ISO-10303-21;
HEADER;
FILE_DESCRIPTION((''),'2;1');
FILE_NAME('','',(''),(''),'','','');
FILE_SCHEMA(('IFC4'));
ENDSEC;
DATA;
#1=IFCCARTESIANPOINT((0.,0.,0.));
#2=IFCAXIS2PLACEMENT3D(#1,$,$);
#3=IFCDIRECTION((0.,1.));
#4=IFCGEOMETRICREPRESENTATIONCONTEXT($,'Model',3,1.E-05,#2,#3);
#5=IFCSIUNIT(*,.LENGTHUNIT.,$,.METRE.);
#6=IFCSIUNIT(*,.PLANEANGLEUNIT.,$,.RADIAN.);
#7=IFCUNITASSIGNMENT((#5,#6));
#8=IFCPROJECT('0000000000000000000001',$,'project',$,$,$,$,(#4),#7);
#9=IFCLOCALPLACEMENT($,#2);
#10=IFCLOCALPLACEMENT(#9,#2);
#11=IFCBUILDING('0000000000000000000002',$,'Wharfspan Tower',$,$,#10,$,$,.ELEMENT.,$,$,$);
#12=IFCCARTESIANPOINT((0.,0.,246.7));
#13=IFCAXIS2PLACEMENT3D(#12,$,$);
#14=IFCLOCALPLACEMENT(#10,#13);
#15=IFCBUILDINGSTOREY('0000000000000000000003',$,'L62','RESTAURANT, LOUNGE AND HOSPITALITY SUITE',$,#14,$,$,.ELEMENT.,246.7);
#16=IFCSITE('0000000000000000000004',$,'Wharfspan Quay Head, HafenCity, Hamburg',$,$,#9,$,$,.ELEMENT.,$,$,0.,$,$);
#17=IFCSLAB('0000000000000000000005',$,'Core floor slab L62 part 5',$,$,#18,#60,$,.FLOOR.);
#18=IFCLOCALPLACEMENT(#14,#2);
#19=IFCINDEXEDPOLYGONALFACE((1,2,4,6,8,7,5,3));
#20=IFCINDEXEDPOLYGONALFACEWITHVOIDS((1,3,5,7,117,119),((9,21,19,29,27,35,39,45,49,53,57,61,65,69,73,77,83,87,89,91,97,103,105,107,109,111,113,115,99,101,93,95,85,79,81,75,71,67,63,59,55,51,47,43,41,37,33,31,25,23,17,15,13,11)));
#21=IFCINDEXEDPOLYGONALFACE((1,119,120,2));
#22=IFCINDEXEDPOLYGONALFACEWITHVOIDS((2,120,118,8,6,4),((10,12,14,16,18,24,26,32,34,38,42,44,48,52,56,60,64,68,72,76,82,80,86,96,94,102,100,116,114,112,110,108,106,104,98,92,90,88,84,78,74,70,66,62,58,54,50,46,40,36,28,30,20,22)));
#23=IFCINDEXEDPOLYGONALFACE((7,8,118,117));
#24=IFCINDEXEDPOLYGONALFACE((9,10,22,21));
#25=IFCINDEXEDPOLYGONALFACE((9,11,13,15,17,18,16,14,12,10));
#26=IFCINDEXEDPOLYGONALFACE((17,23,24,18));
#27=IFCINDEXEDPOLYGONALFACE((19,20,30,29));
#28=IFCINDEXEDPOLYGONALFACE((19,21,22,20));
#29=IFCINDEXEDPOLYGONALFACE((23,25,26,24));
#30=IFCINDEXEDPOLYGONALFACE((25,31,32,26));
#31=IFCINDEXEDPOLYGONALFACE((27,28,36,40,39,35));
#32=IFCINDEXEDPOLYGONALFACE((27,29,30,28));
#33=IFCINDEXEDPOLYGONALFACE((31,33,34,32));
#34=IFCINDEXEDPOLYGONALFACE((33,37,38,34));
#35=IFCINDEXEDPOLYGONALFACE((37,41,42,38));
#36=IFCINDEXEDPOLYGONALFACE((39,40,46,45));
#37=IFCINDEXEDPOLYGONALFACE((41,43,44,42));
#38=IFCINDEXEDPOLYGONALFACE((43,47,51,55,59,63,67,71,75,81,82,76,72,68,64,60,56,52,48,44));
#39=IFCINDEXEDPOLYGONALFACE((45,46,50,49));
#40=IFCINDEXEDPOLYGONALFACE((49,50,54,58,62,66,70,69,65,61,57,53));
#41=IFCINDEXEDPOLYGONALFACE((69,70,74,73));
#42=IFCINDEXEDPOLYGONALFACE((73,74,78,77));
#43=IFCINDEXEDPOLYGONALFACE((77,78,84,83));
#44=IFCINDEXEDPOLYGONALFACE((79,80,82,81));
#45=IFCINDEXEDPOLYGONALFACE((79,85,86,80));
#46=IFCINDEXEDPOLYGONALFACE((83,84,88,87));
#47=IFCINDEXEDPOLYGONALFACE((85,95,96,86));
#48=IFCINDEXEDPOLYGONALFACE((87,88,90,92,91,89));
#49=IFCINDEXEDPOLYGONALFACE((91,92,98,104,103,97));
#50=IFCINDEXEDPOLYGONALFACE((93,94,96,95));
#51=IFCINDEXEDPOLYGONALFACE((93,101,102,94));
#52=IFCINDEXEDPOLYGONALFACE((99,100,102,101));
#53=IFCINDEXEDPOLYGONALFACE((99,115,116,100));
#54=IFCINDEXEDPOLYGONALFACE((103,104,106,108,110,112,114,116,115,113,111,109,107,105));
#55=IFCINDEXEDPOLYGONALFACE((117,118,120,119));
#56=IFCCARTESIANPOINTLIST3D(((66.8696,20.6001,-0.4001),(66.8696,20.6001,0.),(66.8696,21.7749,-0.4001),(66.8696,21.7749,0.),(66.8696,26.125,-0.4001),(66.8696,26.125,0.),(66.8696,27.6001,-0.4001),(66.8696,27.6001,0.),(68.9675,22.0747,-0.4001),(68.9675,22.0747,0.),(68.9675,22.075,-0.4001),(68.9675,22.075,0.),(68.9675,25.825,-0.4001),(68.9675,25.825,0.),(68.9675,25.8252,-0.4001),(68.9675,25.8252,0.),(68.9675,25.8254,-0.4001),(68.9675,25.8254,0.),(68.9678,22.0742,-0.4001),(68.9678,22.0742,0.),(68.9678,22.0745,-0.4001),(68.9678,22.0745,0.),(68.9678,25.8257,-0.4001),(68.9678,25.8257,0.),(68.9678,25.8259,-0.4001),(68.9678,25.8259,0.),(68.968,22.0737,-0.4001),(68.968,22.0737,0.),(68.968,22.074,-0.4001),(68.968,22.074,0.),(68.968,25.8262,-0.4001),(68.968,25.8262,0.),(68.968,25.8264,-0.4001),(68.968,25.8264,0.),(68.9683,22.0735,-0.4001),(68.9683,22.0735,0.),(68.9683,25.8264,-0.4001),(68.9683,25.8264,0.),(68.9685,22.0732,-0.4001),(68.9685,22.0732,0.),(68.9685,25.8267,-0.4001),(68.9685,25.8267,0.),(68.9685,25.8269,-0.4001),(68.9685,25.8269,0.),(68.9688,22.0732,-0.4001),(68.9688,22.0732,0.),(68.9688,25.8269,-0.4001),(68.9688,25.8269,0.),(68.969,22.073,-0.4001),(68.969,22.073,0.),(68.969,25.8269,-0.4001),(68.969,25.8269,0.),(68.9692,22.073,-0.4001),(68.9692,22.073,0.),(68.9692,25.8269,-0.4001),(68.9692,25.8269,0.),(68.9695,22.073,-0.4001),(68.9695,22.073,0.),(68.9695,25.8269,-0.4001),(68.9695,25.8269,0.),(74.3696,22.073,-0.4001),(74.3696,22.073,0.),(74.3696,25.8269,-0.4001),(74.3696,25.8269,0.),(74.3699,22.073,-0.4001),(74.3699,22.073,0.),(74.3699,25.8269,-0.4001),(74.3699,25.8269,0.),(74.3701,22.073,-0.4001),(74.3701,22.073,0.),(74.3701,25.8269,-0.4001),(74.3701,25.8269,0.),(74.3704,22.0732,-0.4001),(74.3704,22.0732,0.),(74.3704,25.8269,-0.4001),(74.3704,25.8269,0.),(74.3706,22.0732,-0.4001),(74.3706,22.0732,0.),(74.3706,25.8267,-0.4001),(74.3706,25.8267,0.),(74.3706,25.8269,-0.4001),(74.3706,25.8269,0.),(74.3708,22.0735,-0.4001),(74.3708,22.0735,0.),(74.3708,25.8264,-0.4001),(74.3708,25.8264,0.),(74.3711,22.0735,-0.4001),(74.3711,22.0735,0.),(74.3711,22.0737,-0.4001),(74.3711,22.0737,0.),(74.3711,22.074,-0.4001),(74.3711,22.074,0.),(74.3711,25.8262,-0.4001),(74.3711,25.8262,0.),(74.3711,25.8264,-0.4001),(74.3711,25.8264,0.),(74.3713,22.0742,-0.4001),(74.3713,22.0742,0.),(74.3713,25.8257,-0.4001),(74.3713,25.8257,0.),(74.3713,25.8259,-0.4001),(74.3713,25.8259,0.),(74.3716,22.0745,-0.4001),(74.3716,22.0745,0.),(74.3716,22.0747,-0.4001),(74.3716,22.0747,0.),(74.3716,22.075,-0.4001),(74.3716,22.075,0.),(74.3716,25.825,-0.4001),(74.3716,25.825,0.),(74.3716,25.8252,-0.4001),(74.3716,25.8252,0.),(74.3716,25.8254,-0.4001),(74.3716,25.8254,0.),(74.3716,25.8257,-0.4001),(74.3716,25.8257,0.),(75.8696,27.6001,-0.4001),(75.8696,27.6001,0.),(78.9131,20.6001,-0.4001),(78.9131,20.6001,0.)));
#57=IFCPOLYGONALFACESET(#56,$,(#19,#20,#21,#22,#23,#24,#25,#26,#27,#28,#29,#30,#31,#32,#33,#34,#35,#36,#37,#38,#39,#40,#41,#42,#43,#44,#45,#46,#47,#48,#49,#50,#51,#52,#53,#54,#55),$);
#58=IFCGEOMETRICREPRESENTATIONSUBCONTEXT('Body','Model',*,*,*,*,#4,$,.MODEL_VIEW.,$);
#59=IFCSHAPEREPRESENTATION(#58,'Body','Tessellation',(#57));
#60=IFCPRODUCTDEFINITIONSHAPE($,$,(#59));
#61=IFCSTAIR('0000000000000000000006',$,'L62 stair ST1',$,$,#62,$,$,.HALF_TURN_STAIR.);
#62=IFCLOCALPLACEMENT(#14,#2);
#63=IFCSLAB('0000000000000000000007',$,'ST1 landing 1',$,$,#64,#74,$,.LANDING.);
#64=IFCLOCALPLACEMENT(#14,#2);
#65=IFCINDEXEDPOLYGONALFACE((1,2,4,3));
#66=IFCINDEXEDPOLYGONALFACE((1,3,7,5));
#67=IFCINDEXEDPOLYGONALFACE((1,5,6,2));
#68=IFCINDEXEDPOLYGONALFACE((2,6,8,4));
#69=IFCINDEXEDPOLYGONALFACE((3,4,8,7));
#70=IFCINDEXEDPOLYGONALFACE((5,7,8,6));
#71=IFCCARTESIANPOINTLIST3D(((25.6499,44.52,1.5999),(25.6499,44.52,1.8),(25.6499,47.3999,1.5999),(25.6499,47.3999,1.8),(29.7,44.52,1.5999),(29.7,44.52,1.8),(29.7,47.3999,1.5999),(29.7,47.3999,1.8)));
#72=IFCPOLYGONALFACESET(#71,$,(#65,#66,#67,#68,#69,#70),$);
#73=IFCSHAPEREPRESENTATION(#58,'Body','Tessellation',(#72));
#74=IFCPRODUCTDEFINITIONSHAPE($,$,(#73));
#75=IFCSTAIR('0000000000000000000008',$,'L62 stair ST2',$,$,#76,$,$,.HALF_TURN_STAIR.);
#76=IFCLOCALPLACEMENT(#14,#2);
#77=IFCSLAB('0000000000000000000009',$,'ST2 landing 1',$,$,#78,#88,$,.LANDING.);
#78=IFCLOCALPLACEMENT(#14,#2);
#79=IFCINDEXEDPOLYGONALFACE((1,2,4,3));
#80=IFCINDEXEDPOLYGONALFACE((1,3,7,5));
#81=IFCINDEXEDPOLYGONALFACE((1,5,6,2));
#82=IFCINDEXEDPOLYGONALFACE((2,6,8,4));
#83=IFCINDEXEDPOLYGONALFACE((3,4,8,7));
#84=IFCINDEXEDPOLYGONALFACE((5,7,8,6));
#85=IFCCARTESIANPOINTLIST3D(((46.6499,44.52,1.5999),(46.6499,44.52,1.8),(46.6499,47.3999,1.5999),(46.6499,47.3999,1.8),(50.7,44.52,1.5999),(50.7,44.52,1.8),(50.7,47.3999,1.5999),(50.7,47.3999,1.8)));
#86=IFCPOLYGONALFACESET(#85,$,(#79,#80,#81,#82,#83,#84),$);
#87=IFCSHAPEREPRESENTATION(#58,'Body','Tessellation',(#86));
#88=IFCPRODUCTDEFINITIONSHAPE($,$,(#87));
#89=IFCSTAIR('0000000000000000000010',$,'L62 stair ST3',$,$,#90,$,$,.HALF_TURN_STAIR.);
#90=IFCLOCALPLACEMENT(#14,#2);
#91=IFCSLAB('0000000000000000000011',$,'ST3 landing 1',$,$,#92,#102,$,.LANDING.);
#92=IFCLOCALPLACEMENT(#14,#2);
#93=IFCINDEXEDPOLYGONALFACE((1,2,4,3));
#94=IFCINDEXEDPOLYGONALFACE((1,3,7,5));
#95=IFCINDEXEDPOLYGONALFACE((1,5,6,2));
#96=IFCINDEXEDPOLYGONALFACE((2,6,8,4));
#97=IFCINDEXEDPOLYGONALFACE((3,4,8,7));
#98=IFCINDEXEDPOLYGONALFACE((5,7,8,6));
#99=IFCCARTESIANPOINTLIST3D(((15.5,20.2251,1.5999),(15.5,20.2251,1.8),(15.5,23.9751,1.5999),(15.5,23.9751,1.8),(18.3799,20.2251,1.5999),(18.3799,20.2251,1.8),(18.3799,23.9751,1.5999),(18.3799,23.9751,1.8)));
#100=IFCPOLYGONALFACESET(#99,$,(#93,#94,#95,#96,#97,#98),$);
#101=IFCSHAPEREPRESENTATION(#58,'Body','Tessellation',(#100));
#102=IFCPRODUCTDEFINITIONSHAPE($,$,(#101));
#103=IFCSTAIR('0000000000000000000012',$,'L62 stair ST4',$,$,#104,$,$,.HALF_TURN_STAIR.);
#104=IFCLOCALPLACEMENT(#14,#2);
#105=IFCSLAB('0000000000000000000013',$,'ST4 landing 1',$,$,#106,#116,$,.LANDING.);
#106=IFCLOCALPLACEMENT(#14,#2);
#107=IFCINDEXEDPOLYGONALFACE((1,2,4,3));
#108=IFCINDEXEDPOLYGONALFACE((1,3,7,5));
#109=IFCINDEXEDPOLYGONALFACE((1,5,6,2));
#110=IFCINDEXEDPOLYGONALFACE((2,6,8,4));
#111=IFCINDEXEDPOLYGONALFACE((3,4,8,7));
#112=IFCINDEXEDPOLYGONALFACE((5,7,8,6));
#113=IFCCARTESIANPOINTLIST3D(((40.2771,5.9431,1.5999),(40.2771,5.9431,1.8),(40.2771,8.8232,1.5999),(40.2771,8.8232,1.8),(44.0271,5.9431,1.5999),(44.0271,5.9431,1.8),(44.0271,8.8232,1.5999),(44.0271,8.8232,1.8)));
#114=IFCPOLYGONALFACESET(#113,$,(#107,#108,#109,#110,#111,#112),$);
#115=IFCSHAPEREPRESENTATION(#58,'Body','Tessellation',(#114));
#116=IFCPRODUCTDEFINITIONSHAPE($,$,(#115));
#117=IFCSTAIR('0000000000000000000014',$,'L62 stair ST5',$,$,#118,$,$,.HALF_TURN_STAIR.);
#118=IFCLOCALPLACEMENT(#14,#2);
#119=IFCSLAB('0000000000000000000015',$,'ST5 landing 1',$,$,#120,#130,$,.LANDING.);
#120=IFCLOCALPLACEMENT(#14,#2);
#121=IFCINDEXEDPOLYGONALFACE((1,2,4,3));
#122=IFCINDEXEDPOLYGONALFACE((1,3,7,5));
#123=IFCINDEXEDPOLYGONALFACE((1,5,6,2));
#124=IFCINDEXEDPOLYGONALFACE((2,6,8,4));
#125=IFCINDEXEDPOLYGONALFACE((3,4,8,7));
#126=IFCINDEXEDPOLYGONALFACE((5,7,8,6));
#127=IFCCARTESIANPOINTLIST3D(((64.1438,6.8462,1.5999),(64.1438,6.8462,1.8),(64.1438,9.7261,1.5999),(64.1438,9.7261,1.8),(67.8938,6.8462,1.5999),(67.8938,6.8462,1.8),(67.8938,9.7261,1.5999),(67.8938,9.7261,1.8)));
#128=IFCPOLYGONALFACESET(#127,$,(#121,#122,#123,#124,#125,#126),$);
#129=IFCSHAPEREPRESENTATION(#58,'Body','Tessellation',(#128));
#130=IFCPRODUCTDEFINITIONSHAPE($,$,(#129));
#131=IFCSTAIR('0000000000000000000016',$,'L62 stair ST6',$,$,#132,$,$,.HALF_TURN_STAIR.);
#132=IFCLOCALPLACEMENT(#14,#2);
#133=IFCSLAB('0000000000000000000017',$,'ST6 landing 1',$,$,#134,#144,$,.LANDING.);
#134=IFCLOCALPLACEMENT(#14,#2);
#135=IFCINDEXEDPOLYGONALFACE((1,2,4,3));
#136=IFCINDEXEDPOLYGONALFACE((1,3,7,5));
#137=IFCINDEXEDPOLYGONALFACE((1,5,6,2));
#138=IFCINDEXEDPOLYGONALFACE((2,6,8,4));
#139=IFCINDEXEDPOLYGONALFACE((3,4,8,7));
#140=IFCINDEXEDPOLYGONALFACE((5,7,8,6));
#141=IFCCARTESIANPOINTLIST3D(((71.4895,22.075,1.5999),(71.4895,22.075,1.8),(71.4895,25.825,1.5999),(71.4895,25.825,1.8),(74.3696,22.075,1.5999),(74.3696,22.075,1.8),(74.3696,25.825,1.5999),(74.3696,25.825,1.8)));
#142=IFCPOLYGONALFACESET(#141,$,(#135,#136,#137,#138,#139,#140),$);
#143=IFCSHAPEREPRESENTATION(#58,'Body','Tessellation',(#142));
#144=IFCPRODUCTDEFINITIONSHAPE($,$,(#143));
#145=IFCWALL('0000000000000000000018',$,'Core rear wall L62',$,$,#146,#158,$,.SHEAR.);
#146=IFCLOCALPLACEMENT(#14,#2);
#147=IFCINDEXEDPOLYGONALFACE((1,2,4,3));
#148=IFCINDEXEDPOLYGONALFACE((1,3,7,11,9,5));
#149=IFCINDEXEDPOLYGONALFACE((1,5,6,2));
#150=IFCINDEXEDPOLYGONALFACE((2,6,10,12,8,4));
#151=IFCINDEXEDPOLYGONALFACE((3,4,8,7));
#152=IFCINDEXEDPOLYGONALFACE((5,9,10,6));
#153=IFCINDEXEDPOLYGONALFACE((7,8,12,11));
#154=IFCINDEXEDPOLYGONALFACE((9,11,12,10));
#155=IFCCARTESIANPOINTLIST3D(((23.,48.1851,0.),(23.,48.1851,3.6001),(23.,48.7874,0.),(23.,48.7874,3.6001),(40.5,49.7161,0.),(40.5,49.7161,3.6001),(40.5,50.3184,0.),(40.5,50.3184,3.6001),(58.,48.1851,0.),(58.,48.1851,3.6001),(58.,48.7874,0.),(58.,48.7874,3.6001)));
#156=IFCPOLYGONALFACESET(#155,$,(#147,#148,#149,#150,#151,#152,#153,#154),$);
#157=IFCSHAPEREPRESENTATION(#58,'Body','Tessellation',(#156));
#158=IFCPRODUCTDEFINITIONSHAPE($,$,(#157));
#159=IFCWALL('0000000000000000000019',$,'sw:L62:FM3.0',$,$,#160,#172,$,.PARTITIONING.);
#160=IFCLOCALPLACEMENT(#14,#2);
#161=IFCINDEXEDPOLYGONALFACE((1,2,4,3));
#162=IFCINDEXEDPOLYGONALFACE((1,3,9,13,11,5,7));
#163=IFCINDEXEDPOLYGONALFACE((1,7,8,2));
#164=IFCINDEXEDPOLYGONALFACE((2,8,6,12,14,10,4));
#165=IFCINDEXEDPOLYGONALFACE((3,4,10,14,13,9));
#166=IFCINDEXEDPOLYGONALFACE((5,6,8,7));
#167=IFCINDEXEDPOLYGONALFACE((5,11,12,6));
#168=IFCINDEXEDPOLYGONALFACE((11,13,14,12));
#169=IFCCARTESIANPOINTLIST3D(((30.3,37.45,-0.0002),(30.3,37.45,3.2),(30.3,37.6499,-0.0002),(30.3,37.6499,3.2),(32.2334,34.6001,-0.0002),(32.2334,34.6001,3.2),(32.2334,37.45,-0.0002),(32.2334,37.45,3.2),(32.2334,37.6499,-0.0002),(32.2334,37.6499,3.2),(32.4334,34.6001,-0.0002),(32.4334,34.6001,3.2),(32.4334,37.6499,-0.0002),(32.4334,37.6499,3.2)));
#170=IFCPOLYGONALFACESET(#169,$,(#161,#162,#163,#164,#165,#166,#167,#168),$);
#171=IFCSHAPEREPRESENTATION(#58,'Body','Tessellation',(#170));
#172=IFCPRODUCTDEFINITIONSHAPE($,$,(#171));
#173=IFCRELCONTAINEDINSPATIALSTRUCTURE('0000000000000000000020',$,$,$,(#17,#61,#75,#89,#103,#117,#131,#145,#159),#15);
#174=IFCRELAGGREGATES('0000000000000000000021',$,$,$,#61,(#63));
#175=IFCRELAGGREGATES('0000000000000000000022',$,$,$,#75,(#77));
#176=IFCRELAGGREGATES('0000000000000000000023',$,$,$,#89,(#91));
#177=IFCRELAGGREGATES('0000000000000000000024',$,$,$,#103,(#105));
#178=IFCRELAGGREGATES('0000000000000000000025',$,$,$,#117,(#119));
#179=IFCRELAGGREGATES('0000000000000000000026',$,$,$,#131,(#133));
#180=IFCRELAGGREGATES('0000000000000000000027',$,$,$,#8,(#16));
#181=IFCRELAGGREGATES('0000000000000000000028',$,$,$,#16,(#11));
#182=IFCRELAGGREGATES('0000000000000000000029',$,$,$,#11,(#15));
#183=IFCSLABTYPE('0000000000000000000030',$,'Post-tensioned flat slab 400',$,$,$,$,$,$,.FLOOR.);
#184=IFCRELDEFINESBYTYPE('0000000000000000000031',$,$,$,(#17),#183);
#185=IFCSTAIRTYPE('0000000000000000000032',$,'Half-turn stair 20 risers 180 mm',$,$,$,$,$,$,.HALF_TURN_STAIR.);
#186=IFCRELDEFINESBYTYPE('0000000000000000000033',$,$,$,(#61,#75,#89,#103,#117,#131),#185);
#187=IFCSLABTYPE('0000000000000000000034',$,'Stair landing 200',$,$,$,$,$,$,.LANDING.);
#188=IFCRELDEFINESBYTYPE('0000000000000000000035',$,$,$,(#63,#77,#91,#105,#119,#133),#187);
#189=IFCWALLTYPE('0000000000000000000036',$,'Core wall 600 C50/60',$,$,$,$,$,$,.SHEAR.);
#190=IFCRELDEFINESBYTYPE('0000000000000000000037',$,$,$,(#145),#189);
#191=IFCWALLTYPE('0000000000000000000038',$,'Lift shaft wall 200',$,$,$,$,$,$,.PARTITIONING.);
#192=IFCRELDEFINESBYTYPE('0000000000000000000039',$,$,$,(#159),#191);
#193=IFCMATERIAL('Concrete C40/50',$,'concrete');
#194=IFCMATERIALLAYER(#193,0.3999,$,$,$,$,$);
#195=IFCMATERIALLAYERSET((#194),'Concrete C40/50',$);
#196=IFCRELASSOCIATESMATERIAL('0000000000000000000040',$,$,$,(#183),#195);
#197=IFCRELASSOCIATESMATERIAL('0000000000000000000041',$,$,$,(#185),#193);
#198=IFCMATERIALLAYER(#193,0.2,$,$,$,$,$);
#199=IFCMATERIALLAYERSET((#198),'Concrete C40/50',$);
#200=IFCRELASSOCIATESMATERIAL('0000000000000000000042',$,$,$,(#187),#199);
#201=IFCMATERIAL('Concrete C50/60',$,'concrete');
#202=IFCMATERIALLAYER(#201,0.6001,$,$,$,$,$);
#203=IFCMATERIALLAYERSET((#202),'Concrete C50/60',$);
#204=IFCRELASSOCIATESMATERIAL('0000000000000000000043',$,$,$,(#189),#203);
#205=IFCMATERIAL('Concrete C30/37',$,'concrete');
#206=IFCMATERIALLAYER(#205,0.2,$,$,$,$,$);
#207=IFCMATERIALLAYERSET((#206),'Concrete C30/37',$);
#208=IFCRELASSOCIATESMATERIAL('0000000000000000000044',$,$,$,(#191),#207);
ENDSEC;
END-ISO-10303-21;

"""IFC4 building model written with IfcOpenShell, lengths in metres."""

from ifc_helpers import new_model, si_unit, direction, frame, origin, place, context, subcontext, project, spatial, polyline, outline, extrude, material, layer, layer_set, type_object, element, aggregate, save


model = new_model("IFC4")

# Units and contexts
model_context = context("Model", 3, precision=1e-05, world=origin(), true_north=direction((0.0, 1.0)))
body_context = subcontext(model_context, "Body", "Model", "MODEL_VIEW")
ifc_project = project(units=[si_unit("LENGTHUNIT", "METRE"), si_unit("PLANEANGLEUNIT", "RADIAN")], contexts=[model_context])

# Site, building, storey
site_placement = place(None, origin())
site = spatial("IfcSite", under=ifc_project, at=site_placement, Name="Wharfspan Quay Head, HafenCity, Hamburg", CompositionType="ELEMENT", RefElevation=0.0)
building_placement = place(site_placement, origin())
building = spatial("IfcBuilding", under=site, at=building_placement, Name="Wharfspan Tower", CompositionType="ELEMENT")
storey_placement = place(building_placement, frame((0.0, 0.0, 246.7)))
storey = spatial("IfcBuildingStorey", under=building, at=storey_placement, Name="L62", Description="RESTAURANT, LOUNGE AND HOSPITALITY SUITE", CompositionType="ELEMENT", Elevation=246.7)

# Slab
ifc_material_1 = material(Name="Concrete C40/50", Category="concrete")
ifc_layer_1 = layer(ifc_material_1, 0.3999)
ifc_layer_set_1 = layer_set([ifc_layer_1], Name="Concrete C40/50")
slab_type_1 = type_object("IfcSlabType", Name="Post-tensioned flat slab 400", PredefinedType="FLOOR", material=ifc_layer_set_1)
slab_1_placement = place(storey_placement, frame((0.0, 0.0, -0.4001)))
element("IfcSlab", 1, at=slab_1_placement, inside=storey, type_object=slab_type_1, Name="Core floor slab L62 part 5", PredefinedType="FLOOR", context=body_context, shape_type="SweptSolid", body=[
    extrude(outline(polyline([(75.8696, 27.6001), (66.8696, 27.6001), (66.8696, 26.125), (66.8696, 21.7749), (66.8696, 20.6001), (78.9131, 20.6001), (75.8696, 27.6001)]), holes=[polyline([(68.9675, 25.825), (68.9675, 25.8252), (68.9675, 25.8254), (68.9678, 25.8257), (68.9678, 25.8257), (68.9678, 25.8259), (68.968, 25.8262), (68.968, 25.8264), (68.9683, 25.8264), (68.9683, 25.8264), (68.9685, 25.8267), (68.9685, 25.8269), (68.9688, 25.8269), (68.969, 25.8269), (68.9692, 25.8269), (68.9695, 25.8269), (68.9695, 25.8269), (74.3696, 25.8269), (74.3699, 25.8269), (74.3701, 25.8269), (74.3701, 25.8269), (74.3704, 25.8269), (74.3706, 25.8269), (74.3706, 25.8267), (74.3709, 25.8264), (74.3711, 25.8264), (74.3711, 25.8264), (74.3711, 25.8262), (74.3713, 25.8259), (74.3713, 25.8257), (74.3716, 25.8257), (74.3716, 25.8254), (74.3716, 25.8252), (74.3716, 25.825), (74.3716, 22.075), (74.3716, 22.0747), (74.3716, 22.0747), (74.3716, 22.0745), (74.3713, 22.0742), (74.3713, 22.0742), (74.3711, 22.074), (74.3711, 22.0737), (74.3711, 22.0735), (74.3709, 22.0735), (74.3706, 22.0732), (74.3706, 22.0732), (74.3704, 22.0732), (74.3701, 22.073), (74.3701, 22.073), (74.3699, 22.073), (74.3696, 22.073), (68.9695, 22.073), (68.9695, 22.073), (68.9692, 22.073), (68.969, 22.073), (68.9688, 22.0732), (68.9685, 22.0732), (68.9685, 22.0732), (68.9683, 22.0735), (68.9683, 22.0735), (68.968, 22.0737), (68.968, 22.074), (68.9678, 22.0742), (68.9678, 22.0742), (68.9678, 22.0745), (68.9675, 22.0747), (68.9675, 22.0747), (68.9675, 22.075), (68.9675, 25.825)])]), origin(), (0.0, 0.0, 1.0), 0.4001),
])

# Stairs, slabs
stair_type = type_object("IfcStairType", Name="Half-turn stair 20 risers 180 mm", PredefinedType="HALF_TURN_STAIR", material=ifc_material_1)
stair_1_placement = place(storey_placement, origin())
stair_1 = element("IfcStair", 2, at=stair_1_placement, inside=storey, type_object=stair_type, Name="L62 stair ST1", PredefinedType="HALF_TURN_STAIR")
ifc_layer_2 = layer(ifc_material_1, 0.2)
ifc_layer_set_2 = layer_set([ifc_layer_2], Name="Concrete C40/50")
slab_type_2 = type_object("IfcSlabType", Name="Stair landing 200", PredefinedType="LANDING", material=ifc_layer_set_2)
slab_2_placement = place(storey_placement, frame((0.0, 0.0, 1.5999)))
slab_2 = element("IfcSlab", 3, at=slab_2_placement, type_object=slab_type_2, Name="ST1 landing 1", PredefinedType="LANDING", context=body_context, shape_type="SweptSolid", body=[
    extrude(outline(polyline([(25.6499, 44.52), (29.7, 44.52), (29.7, 47.3999), (25.6499, 47.3999), (25.6499, 44.52)])), origin(), (0.0, 0.0, 1.0), 0.2002),
])
aggregate(stair_1, [slab_2])
stair_2_placement = place(storey_placement, origin())
stair_2 = element("IfcStair", 4, at=stair_2_placement, inside=storey, type_object=stair_type, Name="L62 stair ST2", PredefinedType="HALF_TURN_STAIR")
slab_3_placement = place(storey_placement, frame((0.0, 0.0, 1.5999)))
slab_3 = element("IfcSlab", 5, at=slab_3_placement, type_object=slab_type_2, Name="ST2 landing 1", PredefinedType="LANDING", context=body_context, shape_type="SweptSolid", body=[
    extrude(outline(polyline([(46.6499, 44.52), (50.7, 44.52), (50.7, 47.3999), (46.6499, 47.3999), (46.6499, 44.52)])), origin(), (0.0, 0.0, 1.0), 0.2002),
])
aggregate(stair_2, [slab_3])
stair_3_placement = place(storey_placement, origin())
stair_3 = element("IfcStair", 6, at=stair_3_placement, inside=storey, type_object=stair_type, Name="L62 stair ST3", PredefinedType="HALF_TURN_STAIR")
slab_4_placement = place(storey_placement, frame((0.0, 0.0, 1.5999)))
slab_4 = element("IfcSlab", 7, at=slab_4_placement, type_object=slab_type_2, Name="ST3 landing 1", PredefinedType="LANDING", context=body_context, shape_type="SweptSolid", body=[
    extrude(outline(polyline([(18.3799, 23.9751), (15.5, 23.9751), (15.5, 20.2251), (18.3799, 20.2251), (18.3799, 23.9751)])), origin(), (0.0, 0.0, 1.0), 0.2002),
])
aggregate(stair_3, [slab_4])
stair_4_placement = place(storey_placement, origin())
stair_4 = element("IfcStair", 8, at=stair_4_placement, inside=storey, type_object=stair_type, Name="L62 stair ST4", PredefinedType="HALF_TURN_STAIR")
slab_5_placement = place(storey_placement, frame((0.0, 0.0, 1.5999)))
slab_5 = element("IfcSlab", 9, at=slab_5_placement, type_object=slab_type_2, Name="ST4 landing 1", PredefinedType="LANDING", context=body_context, shape_type="SweptSolid", body=[
    extrude(outline(polyline([(40.2771, 8.8232), (40.2771, 5.9431), (44.0271, 5.9431), (44.0271, 8.8232), (40.2771, 8.8232)])), origin(), (0.0, 0.0, 1.0), 0.2002),
])
aggregate(stair_4, [slab_5])
stair_5_placement = place(storey_placement, origin())
stair_5 = element("IfcStair", 10, at=stair_5_placement, inside=storey, type_object=stair_type, Name="L62 stair ST5", PredefinedType="HALF_TURN_STAIR")
slab_6_placement = place(storey_placement, frame((0.0, 0.0, 1.5999)))
slab_6 = element("IfcSlab", 11, at=slab_6_placement, type_object=slab_type_2, Name="ST5 landing 1", PredefinedType="LANDING", context=body_context, shape_type="SweptSolid", body=[
    extrude(outline(polyline([(64.1438, 9.7261), (64.1438, 6.8462), (67.8938, 6.8462), (67.8938, 9.7261), (64.1438, 9.7261)])), origin(), (0.0, 0.0, 1.0), 0.2002),
])
aggregate(stair_5, [slab_6])
stair_6_placement = place(storey_placement, origin())
stair_6 = element("IfcStair", 12, at=stair_6_placement, inside=storey, type_object=stair_type, Name="L62 stair ST6", PredefinedType="HALF_TURN_STAIR")
slab_7_placement = place(storey_placement, frame((0.0, 0.0, 1.5999)))
slab_7 = element("IfcSlab", 13, at=slab_7_placement, type_object=slab_type_2, Name="ST6 landing 1", PredefinedType="LANDING", context=body_context, shape_type="SweptSolid", body=[
    extrude(outline(polyline([(71.4895, 22.075), (74.3696, 22.075), (74.3696, 25.825), (71.4895, 25.825), (71.4895, 22.075)])), origin(), (0.0, 0.0, 1.0), 0.2002),
])
aggregate(stair_6, [slab_7])

# Walls
ifc_material_2 = material(Name="Concrete C50/60", Category="concrete")
ifc_layer_3 = layer(ifc_material_2, 0.6001)
ifc_layer_set_3 = layer_set([ifc_layer_3], Name="Concrete C50/60")
wall_type_1 = type_object("IfcWallType", Name="Core wall 600 C50/60", PredefinedType="SHEAR", material=ifc_layer_set_3)
wall_1_placement = place(storey_placement, origin())
element("IfcWall", 14, at=wall_1_placement, inside=storey, type_object=wall_type_1, Name="Core rear wall L62", PredefinedType="SHEAR", context=body_context, shape_type="SweptSolid", body=[
    extrude(outline(polyline([(23.0, 48.1851), (40.5, 49.7161), (58.0, 48.1851), (58.0, 48.7874), (40.5, 50.3184), (23.0, 48.7874), (23.0, 48.1851)])), origin(), (0.0, 0.0, 1.0), 3.6001),
])
ifc_material_3 = material(Name="Concrete C30/37", Category="concrete")
ifc_layer_4 = layer(ifc_material_3, 0.2)
ifc_layer_set_4 = layer_set([ifc_layer_4], Name="Concrete C30/37")
wall_type_2 = type_object("IfcWallType", Name="Lift shaft wall 200", PredefinedType="PARTITIONING", material=ifc_layer_set_4)
wall_2_placement = place(storey_placement, frame((0.0, 0.0, -0.0002)))
element("IfcWall", 15, at=wall_2_placement, inside=storey, type_object=wall_type_2, Name="sw:L62:FM3.0", PredefinedType="PARTITIONING", context=body_context, shape_type="SweptSolid", body=[
    extrude(outline(polyline([(32.2334, 37.45), (30.3, 37.45), (30.3, 37.6499), (32.2334, 37.6499), (32.4333, 37.6499), (32.4333, 34.6001), (32.2334, 34.6001), (32.2334, 37.45)])), origin(), (0.0, 0.0, 1.0), 3.2002),
])

save(model, "model.ifc")
